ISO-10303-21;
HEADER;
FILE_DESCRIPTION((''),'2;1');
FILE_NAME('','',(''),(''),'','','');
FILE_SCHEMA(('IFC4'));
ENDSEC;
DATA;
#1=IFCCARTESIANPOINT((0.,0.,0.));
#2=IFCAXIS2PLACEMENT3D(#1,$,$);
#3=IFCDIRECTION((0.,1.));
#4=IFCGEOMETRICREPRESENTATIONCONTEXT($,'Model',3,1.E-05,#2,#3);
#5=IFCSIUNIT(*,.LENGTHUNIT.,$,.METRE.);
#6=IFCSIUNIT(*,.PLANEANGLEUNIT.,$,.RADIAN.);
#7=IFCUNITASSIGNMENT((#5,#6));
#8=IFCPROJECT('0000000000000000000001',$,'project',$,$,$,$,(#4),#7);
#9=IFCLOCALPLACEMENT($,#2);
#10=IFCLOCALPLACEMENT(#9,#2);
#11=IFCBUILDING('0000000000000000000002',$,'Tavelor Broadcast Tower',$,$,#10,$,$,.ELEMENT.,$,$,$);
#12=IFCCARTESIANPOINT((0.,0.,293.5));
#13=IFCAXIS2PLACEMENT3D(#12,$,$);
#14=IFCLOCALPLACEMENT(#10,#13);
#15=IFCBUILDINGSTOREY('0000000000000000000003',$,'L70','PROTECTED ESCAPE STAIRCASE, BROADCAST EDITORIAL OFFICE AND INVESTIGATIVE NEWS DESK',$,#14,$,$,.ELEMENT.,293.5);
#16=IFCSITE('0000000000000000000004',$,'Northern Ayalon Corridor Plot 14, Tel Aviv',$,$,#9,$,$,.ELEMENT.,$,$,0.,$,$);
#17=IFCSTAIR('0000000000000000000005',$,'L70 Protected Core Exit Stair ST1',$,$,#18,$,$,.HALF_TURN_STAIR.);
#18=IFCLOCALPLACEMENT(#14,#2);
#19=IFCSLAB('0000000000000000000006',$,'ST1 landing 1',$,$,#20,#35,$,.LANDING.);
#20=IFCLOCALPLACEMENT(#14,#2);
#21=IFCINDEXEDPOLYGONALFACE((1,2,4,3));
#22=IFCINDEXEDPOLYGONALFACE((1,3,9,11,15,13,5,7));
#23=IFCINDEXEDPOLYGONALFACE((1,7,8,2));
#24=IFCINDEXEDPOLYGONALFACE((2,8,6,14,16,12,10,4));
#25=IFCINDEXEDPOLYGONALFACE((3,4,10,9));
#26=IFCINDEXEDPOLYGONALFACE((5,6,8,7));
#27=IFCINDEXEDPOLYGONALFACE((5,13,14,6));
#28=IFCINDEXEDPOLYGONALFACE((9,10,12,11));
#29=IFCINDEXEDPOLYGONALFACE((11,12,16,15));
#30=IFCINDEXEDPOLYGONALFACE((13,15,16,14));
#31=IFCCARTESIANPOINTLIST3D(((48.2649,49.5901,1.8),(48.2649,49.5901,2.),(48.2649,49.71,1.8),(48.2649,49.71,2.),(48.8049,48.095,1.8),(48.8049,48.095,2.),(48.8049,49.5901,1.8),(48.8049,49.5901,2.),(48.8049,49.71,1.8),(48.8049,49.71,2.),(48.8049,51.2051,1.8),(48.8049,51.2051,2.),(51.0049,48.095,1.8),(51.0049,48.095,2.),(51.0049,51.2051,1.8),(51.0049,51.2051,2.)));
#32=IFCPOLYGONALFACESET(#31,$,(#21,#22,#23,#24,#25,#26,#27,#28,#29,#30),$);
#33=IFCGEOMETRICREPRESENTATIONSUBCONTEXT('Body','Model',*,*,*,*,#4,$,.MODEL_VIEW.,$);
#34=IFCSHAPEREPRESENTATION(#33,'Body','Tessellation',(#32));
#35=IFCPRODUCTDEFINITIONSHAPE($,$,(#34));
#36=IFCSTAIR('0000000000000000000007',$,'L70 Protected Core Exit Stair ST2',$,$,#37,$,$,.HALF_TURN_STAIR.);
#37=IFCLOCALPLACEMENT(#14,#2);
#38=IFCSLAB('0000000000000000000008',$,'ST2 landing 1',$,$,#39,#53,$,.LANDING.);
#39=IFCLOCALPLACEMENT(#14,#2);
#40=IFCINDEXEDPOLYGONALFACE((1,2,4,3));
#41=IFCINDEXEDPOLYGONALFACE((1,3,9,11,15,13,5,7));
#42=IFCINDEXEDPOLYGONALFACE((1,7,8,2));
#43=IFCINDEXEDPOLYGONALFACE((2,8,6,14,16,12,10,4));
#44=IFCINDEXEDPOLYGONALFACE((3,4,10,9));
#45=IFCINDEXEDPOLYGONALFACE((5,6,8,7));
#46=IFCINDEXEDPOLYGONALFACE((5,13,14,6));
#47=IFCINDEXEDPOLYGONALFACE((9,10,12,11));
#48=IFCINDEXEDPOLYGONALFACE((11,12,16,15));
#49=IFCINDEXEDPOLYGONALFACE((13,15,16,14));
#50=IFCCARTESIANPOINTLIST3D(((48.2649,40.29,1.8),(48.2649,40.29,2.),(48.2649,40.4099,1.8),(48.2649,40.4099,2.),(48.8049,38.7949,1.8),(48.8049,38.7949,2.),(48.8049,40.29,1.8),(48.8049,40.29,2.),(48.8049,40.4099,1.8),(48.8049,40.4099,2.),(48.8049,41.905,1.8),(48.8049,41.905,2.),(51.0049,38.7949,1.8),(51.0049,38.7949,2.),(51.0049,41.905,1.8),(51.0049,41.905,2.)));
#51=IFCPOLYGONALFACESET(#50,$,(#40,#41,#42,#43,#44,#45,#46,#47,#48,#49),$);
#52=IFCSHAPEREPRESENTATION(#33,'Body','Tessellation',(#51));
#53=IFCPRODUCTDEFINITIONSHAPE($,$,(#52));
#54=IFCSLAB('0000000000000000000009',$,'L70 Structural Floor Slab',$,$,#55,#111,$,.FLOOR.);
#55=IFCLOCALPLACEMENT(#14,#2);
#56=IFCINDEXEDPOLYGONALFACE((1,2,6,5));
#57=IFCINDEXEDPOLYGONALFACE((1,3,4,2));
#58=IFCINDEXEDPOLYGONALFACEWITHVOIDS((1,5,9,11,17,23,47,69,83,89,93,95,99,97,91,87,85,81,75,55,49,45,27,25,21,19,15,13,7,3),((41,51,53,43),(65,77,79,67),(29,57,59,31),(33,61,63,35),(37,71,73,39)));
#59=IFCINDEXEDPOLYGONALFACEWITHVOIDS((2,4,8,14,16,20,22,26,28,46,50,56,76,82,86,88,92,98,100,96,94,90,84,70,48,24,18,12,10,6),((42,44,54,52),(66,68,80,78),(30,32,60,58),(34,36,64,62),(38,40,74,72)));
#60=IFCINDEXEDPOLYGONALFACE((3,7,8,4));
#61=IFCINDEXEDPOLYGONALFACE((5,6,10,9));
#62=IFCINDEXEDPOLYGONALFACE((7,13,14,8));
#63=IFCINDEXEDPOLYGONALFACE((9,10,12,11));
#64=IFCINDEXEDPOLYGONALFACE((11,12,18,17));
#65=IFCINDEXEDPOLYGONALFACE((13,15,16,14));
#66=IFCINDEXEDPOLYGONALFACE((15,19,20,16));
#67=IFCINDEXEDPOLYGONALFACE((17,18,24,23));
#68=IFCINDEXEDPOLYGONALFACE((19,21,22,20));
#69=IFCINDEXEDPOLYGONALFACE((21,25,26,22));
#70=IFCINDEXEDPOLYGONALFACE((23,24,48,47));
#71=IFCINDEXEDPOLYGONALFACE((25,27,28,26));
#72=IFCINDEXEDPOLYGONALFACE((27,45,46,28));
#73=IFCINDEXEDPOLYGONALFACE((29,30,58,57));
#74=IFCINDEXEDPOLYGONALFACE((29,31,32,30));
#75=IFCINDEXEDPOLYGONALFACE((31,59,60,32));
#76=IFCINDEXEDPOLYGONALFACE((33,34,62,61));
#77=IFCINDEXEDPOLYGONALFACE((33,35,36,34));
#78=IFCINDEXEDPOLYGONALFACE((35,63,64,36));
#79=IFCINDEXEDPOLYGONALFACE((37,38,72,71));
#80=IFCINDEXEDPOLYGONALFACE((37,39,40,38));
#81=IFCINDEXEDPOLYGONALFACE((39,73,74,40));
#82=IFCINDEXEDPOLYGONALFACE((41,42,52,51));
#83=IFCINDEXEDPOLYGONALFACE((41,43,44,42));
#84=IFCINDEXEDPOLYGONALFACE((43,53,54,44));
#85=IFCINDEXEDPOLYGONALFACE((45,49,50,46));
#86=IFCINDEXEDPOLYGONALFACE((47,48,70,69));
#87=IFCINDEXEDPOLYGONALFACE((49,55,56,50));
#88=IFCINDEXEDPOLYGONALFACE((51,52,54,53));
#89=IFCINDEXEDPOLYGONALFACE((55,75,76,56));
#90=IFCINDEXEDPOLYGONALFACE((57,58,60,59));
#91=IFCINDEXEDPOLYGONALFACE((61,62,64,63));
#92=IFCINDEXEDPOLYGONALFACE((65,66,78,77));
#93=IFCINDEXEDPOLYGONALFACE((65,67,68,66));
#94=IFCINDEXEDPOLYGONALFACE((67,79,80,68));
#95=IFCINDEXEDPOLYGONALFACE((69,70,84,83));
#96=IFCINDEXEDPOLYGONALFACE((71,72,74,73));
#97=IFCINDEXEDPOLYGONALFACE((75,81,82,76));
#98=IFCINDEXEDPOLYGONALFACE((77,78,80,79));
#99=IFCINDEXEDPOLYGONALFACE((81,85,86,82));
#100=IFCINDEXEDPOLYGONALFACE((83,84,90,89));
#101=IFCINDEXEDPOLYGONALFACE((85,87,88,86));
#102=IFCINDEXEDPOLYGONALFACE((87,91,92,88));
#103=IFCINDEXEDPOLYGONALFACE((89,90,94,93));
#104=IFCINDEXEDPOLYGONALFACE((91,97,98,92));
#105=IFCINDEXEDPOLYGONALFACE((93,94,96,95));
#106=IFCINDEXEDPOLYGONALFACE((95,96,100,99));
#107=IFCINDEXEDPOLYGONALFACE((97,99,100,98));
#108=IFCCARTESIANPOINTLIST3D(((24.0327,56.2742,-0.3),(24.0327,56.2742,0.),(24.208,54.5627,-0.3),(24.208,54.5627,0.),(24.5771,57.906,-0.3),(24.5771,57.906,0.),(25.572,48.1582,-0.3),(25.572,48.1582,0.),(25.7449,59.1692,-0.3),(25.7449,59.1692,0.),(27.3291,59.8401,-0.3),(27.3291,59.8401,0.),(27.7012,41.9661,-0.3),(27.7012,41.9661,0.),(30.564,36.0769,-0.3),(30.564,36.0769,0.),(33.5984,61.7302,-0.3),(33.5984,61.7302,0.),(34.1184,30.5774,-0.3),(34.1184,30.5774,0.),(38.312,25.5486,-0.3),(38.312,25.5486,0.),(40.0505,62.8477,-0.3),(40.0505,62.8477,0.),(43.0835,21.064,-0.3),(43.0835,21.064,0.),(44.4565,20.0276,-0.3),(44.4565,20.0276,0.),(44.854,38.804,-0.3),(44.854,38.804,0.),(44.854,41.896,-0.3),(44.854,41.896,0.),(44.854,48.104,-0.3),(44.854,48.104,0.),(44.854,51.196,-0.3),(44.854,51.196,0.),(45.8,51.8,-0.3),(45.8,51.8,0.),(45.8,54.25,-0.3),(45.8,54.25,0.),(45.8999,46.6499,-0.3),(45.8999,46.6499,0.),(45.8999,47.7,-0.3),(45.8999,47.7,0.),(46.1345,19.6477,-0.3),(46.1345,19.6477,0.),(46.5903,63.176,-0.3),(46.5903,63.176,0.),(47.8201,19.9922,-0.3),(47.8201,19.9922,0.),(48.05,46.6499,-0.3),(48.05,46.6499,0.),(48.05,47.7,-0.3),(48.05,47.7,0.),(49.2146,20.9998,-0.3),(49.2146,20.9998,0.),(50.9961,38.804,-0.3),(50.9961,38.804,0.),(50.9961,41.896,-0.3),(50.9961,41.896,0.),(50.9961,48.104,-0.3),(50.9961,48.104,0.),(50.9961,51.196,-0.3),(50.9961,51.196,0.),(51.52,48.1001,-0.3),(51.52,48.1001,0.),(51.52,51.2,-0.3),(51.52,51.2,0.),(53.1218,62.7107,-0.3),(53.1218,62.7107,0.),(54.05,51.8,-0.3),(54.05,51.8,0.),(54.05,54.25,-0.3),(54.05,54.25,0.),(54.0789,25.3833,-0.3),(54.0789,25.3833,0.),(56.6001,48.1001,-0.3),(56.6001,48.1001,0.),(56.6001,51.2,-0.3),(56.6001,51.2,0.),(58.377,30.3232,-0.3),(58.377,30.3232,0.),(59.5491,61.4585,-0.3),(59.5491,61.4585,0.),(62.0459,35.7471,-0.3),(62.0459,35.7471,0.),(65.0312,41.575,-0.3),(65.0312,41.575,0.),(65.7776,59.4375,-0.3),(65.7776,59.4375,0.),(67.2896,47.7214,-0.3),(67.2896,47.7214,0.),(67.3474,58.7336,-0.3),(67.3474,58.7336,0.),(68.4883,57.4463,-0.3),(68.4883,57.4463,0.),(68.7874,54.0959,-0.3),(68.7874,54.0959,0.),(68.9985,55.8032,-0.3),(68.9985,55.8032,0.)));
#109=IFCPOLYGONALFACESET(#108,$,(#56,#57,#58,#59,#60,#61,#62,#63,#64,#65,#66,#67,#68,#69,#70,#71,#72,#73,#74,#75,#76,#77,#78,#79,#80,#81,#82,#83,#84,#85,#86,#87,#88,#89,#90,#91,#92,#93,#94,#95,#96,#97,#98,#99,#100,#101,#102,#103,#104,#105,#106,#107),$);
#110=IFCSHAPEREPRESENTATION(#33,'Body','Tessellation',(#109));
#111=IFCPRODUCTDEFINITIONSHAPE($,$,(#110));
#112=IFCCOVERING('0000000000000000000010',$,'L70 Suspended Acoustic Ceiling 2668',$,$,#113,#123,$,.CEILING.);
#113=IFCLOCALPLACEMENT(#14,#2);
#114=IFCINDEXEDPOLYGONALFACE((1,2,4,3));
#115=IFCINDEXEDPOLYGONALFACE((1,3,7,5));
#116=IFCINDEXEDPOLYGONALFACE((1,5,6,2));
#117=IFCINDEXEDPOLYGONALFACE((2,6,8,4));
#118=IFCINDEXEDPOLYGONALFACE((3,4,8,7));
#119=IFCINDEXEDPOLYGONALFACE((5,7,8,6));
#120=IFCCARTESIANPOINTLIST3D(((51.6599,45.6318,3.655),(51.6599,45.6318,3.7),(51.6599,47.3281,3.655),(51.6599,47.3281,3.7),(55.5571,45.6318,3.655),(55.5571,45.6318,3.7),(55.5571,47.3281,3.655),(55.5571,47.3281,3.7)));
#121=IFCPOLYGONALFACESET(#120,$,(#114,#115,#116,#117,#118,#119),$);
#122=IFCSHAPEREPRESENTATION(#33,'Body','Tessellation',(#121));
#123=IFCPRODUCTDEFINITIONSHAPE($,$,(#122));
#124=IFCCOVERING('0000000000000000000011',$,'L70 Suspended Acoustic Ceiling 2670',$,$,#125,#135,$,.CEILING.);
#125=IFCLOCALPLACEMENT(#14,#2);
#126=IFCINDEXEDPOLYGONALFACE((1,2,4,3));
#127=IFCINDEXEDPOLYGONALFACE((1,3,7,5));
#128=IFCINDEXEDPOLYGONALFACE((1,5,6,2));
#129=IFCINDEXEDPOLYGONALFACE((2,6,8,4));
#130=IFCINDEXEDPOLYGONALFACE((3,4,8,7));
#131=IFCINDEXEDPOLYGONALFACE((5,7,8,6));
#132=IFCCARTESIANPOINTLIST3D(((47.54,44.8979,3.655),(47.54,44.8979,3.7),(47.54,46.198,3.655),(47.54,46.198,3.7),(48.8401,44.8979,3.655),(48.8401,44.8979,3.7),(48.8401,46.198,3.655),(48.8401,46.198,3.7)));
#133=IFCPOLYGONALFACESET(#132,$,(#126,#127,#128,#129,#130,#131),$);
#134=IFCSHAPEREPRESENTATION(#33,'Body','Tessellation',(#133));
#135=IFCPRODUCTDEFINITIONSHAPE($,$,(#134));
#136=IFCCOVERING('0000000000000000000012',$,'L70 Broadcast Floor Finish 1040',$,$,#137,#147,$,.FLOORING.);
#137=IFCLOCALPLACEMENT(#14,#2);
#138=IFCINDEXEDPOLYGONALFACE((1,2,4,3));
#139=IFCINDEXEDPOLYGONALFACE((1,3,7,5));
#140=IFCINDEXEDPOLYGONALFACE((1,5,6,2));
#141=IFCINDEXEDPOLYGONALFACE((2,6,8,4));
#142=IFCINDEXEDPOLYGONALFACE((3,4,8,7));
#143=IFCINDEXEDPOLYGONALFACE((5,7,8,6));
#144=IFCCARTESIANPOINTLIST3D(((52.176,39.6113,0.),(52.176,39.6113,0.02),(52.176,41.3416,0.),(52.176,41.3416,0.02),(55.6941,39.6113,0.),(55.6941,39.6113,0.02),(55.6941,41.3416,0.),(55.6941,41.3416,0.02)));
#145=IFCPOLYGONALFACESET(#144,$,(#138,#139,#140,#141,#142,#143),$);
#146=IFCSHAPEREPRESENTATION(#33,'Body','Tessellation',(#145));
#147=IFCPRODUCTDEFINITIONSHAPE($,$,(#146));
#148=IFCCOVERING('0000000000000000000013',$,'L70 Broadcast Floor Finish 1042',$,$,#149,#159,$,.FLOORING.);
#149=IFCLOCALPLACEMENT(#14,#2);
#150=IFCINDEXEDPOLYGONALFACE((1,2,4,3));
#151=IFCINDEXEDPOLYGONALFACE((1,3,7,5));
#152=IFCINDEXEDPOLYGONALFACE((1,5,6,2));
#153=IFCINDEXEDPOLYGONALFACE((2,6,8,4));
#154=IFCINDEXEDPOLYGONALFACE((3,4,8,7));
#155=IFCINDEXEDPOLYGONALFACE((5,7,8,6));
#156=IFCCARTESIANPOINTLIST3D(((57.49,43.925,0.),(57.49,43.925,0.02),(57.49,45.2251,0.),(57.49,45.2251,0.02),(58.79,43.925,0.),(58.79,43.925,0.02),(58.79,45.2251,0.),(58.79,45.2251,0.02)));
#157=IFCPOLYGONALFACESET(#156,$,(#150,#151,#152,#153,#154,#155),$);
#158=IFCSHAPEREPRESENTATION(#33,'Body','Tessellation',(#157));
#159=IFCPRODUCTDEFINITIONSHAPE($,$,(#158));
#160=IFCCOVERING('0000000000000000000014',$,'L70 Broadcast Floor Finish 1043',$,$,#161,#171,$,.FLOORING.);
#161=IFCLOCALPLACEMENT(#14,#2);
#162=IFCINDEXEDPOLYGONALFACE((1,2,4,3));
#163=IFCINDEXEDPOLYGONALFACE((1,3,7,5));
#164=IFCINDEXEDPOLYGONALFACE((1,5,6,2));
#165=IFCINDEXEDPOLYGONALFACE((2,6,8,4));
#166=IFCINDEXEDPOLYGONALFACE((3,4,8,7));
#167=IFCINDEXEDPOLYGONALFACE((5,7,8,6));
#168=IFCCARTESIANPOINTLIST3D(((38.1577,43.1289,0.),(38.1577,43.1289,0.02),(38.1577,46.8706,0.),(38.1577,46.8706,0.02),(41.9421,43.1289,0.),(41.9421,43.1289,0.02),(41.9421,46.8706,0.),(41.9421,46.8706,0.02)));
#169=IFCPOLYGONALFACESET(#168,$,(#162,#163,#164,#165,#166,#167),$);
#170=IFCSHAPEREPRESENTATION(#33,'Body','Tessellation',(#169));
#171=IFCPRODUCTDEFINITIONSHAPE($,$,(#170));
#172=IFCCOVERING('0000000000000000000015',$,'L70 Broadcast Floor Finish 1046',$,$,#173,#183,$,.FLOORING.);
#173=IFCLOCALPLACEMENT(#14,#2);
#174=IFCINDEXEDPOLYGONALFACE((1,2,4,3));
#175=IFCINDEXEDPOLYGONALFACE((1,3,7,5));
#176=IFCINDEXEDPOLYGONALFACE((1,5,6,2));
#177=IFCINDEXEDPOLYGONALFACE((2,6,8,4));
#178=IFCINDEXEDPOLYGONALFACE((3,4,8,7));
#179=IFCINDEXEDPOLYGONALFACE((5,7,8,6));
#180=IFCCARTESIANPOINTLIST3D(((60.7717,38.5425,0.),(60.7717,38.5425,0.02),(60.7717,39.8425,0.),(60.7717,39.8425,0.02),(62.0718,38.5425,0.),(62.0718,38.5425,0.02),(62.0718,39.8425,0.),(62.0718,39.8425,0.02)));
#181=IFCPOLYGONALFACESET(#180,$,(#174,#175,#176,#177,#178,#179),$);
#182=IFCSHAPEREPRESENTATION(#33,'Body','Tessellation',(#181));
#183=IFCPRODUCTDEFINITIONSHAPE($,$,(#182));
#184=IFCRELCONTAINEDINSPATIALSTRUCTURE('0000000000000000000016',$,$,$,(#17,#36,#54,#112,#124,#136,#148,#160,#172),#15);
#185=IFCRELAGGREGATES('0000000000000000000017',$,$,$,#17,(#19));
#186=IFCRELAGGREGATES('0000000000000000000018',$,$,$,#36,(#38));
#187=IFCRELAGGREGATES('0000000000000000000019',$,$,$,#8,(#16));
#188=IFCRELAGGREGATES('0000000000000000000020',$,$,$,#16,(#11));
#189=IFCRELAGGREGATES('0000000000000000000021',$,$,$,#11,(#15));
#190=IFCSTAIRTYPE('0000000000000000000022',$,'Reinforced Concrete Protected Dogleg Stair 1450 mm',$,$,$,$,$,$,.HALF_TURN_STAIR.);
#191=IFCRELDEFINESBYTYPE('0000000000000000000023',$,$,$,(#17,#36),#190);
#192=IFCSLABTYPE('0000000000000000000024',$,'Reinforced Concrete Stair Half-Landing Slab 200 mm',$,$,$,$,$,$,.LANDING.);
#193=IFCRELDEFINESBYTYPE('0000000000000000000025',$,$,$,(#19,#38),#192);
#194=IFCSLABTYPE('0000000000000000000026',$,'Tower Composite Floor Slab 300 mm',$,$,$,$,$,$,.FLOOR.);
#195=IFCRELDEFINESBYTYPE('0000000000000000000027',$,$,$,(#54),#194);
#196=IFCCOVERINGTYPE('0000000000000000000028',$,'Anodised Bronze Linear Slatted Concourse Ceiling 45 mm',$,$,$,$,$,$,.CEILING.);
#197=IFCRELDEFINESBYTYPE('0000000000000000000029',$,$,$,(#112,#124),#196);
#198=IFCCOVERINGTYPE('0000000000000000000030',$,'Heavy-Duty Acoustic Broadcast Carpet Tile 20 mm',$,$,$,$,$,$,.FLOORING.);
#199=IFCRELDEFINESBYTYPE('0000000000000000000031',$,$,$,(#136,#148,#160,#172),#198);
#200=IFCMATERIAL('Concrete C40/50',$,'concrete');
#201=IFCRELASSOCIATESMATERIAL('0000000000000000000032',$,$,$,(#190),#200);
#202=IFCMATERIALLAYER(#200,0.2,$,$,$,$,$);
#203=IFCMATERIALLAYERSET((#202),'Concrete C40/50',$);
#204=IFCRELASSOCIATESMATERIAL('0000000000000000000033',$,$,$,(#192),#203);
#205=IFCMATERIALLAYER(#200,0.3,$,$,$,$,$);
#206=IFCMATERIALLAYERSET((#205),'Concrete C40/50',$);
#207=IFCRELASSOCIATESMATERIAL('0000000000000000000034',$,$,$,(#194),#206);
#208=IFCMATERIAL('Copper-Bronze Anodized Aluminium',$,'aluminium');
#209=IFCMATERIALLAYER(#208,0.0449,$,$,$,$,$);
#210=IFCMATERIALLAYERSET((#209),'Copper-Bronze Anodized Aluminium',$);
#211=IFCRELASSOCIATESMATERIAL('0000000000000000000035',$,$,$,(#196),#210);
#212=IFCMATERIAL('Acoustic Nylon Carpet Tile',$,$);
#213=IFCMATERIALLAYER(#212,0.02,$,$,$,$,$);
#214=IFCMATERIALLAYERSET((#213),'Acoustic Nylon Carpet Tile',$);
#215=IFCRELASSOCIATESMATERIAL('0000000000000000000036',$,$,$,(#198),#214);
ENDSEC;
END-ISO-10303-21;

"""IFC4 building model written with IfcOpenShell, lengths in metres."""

from ifc_helpers import new_model, si_unit, direction, frame, origin, place, context, subcontext, project, spatial, polyline, outline, extrude, material, layer, layer_set, type_object, element, aggregate, save


model = new_model("IFC4")

# Units and contexts
model_context = context("Model", 3, precision=1e-05, world=origin(), true_north=direction((0.0, 1.0)))
body_context = subcontext(model_context, "Body", "Model", "MODEL_VIEW")
ifc_project = project(units=[si_unit("LENGTHUNIT", "METRE"), si_unit("PLANEANGLEUNIT", "RADIAN")], contexts=[model_context])

# Site, building, storey
site_placement = place(None, origin())
site = spatial("IfcSite", under=ifc_project, at=site_placement, Name="Northern Ayalon Corridor Plot 14, Tel Aviv", CompositionType="ELEMENT", RefElevation=0.0)
building_placement = place(site_placement, origin())
building = spatial("IfcBuilding", under=site, at=building_placement, Name="Tavelor Broadcast Tower", CompositionType="ELEMENT")
storey_placement = place(building_placement, frame((0.0, 0.0, 293.5)))
storey = spatial("IfcBuildingStorey", under=building, at=storey_placement, Name="L70", Description="PROTECTED ESCAPE STAIRCASE, BROADCAST EDITORIAL OFFICE AND INVESTIGATIVE NEWS DESK", CompositionType="ELEMENT", Elevation=293.5)

# Stairs, slabs
ifc_material_1 = material(Name="Concrete C40/50", Category="concrete")
stair_type = type_object("IfcStairType", Name="Reinforced Concrete Protected Dogleg Stair 1450 mm", PredefinedType="HALF_TURN_STAIR", material=ifc_material_1)
stair_1_placement = place(storey_placement, origin())
stair_1 = element("IfcStair", 1, at=stair_1_placement, inside=storey, type_object=stair_type, Name="L70 Protected Core Exit Stair ST1", PredefinedType="HALF_TURN_STAIR")
ifc_layer_1 = layer(ifc_material_1, 0.2)
ifc_layer_set_1 = layer_set([ifc_layer_1], Name="Concrete C40/50")
slab_type_1 = type_object("IfcSlabType", Name="Reinforced Concrete Stair Half-Landing Slab 200 mm", PredefinedType="LANDING", material=ifc_layer_set_1)
slab_1_placement = place(storey_placement, frame((0.0, 0.0, 1.8)))
slab_1 = element("IfcSlab", 2, at=slab_1_placement, type_object=slab_type_1, Name="ST1 landing 1", PredefinedType="LANDING", context=body_context, shape_type="SweptSolid", body=[
    extrude(outline(polyline([(48.8049, 49.5901), (48.8049, 48.095), (51.0049, 48.095), (51.0049, 51.2051), (48.8049, 51.2051), (48.8049, 49.71), (48.2649, 49.71), (48.2649, 49.5901), (48.8049, 49.5901)])), origin(), (0.0, 0.0, 1.0), 0.2),
])
aggregate(stair_1, [slab_1])
stair_2_placement = place(storey_placement, origin())
stair_2 = element("IfcStair", 3, at=stair_2_placement, inside=storey, type_object=stair_type, Name="L70 Protected Core Exit Stair ST2", PredefinedType="HALF_TURN_STAIR")
slab_2_placement = place(storey_placement, frame((0.0, 0.0, 1.8)))
slab_2 = element("IfcSlab", 4, at=slab_2_placement, type_object=slab_type_1, Name="ST2 landing 1", PredefinedType="LANDING", context=body_context, shape_type="SweptSolid", body=[
    extrude(outline(polyline([(48.8049, 40.29), (48.8049, 38.7949), (51.0049, 38.7949), (51.0049, 41.905), (48.8049, 41.905), (48.8049, 40.4099), (48.2649, 40.4099), (48.2649, 40.29), (48.8049, 40.29)])), origin(), (0.0, 0.0, 1.0), 0.2),
])
aggregate(stair_2, [slab_2])

# Slab
ifc_layer_2 = layer(ifc_material_1, 0.3)
ifc_layer_set_2 = layer_set([ifc_layer_2], Name="Concrete C40/50")
slab_type_2 = type_object("IfcSlabType", Name="Tower Composite Floor Slab 300 mm", PredefinedType="FLOOR", material=ifc_layer_set_2)
slab_3_placement = place(storey_placement, frame((0.0, 0.0, -0.3)))
element("IfcSlab", 5, at=slab_3_placement, inside=storey, type_object=slab_type_2, Name="L70 Structural Floor Slab", PredefinedType="FLOOR", context=body_context, shape_type="SweptSolid", body=[
    extrude(outline(polyline([(27.3291, 59.8401), (25.7449, 59.1692), (24.5771, 57.906), (24.0327, 56.2742), (24.208, 54.5627), (25.572, 48.1582), (27.7012, 41.9661), (30.564, 36.0769), (34.1184, 30.5774), (38.312, 25.5486), (43.0835, 21.064), (44.4565, 20.0276), (46.1345, 19.6477), (47.8201, 19.9922), (49.2146, 20.9998), (54.0789, 25.3833), (58.377, 30.3232), (62.0459, 35.7471), (65.0312, 41.575), (67.2896, 47.7214), (68.7874, 54.0959), (68.9985, 55.8032), (68.4883, 57.4463), (67.3474, 58.7336), (65.7776, 59.4375), (59.5491, 61.4585), (53.1218, 62.7107), (46.5903, 63.176), (40.0505, 62.8477), (33.5984, 61.7302), (27.3291, 59.8401)]), holes=[polyline([(50.9961, 41.896), (50.9961, 38.804), (44.854, 38.804), (44.854, 41.896), (50.9961, 41.896)]), polyline([(48.05, 47.7), (48.05, 46.6499), (45.8999, 46.6499), (45.8999, 47.7), (48.05, 47.7)]), polyline([(50.9961, 51.196), (50.9961, 48.104), (44.854, 48.104), (44.854, 51.196), (50.9961, 51.196)]), polyline([(56.6001, 48.1001), (51.52, 48.1001), (51.52, 51.2), (56.6001, 51.2), (56.6001, 48.1001)]), polyline([(54.05, 51.8), (45.8, 51.8), (45.8, 54.25), (54.05, 54.25), (54.05, 51.8)])]), origin(), (0.0, 0.0, 1.0), 0.3),
])

# Coverings
ifc_material_2 = material(Name="Copper-Bronze Anodized Aluminium", Category="aluminium")
ifc_layer_3 = layer(ifc_material_2, 0.0449)
ifc_layer_set_3 = layer_set([ifc_layer_3], Name="Copper-Bronze Anodized Aluminium")
covering_type_1 = type_object("IfcCoveringType", Name="Anodised Bronze Linear Slatted Concourse Ceiling 45 mm", PredefinedType="CEILING", material=ifc_layer_set_3)
covering_1_placement = place(storey_placement, frame((0.0, 0.0, 3.655)))
element("IfcCovering", 6, at=covering_1_placement, inside=storey, type_object=covering_type_1, Name="L70 Suspended Acoustic Ceiling 2668", PredefinedType="CEILING", context=body_context, shape_type="SweptSolid", body=[
    extrude(outline(polyline([(51.6599, 45.6318), (55.5571, 45.6318), (55.5571, 47.3281), (51.6599, 47.3281), (51.6599, 45.6318)])), origin(), (0.0, 0.0, 1.0), 0.0449),
])
covering_2_placement = place(storey_placement, frame((0.0, 0.0, 3.655)))
element("IfcCovering", 7, at=covering_2_placement, inside=storey, type_object=covering_type_1, Name="L70 Suspended Acoustic Ceiling 2670", PredefinedType="CEILING", context=body_context, shape_type="SweptSolid", body=[
    extrude(outline(polyline([(47.54, 44.8979), (48.8401, 44.8979), (48.8401, 46.198), (47.54, 46.198), (47.54, 44.8979)])), origin(), (0.0, 0.0, 1.0), 0.0449),
])
ifc_material_3 = material(Name="Acoustic Nylon Carpet Tile")
ifc_layer_4 = layer(ifc_material_3, 0.02)
ifc_layer_set_4 = layer_set([ifc_layer_4], Name="Acoustic Nylon Carpet Tile")
covering_type_2 = type_object("IfcCoveringType", Name="Heavy-Duty Acoustic Broadcast Carpet Tile 20 mm", PredefinedType="FLOORING", material=ifc_layer_set_4)
covering_3_placement = place(storey_placement, origin())
element("IfcCovering", 8, at=covering_3_placement, inside=storey, type_object=covering_type_2, Name="L70 Broadcast Floor Finish 1040", PredefinedType="FLOORING", context=body_context, shape_type="SweptSolid", body=[
    extrude(outline(polyline([(52.176, 39.6113), (55.6941, 39.6113), (55.6941, 41.3416), (52.176, 41.3416), (52.176, 39.6113)])), origin(), (0.0, 0.0, 1.0), 0.02),
])
covering_4_placement = place(storey_placement, origin())
element("IfcCovering", 9, at=covering_4_placement, inside=storey, type_object=covering_type_2, Name="L70 Broadcast Floor Finish 1042", PredefinedType="FLOORING", context=body_context, shape_type="SweptSolid", body=[
    extrude(outline(polyline([(57.49, 43.925), (58.79, 43.925), (58.79, 45.2251), (57.49, 45.2251), (57.49, 43.925)])), origin(), (0.0, 0.0, 1.0), 0.02),
])
covering_5_placement = place(storey_placement, origin())
element("IfcCovering", 10, at=covering_5_placement, inside=storey, type_object=covering_type_2, Name="L70 Broadcast Floor Finish 1043", PredefinedType="FLOORING", context=body_context, shape_type="SweptSolid", body=[
    extrude(outline(polyline([(38.1577, 43.1289), (41.9421, 43.1289), (41.9421, 46.8706), (38.1577, 46.8706), (38.1577, 43.1289)])), origin(), (0.0, 0.0, 1.0), 0.02),
])
covering_6_placement = place(storey_placement, origin())
element("IfcCovering", 11, at=covering_6_placement, inside=storey, type_object=covering_type_2, Name="L70 Broadcast Floor Finish 1046", PredefinedType="FLOORING", context=body_context, shape_type="SweptSolid", body=[
    extrude(outline(polyline([(60.7717, 38.5425), (62.0718, 38.5425), (62.0718, 39.8425), (60.7717, 39.8425), (60.7717, 38.5425)])), origin(), (0.0, 0.0, 1.0), 0.02),
])

save(model, "model.ifc")
